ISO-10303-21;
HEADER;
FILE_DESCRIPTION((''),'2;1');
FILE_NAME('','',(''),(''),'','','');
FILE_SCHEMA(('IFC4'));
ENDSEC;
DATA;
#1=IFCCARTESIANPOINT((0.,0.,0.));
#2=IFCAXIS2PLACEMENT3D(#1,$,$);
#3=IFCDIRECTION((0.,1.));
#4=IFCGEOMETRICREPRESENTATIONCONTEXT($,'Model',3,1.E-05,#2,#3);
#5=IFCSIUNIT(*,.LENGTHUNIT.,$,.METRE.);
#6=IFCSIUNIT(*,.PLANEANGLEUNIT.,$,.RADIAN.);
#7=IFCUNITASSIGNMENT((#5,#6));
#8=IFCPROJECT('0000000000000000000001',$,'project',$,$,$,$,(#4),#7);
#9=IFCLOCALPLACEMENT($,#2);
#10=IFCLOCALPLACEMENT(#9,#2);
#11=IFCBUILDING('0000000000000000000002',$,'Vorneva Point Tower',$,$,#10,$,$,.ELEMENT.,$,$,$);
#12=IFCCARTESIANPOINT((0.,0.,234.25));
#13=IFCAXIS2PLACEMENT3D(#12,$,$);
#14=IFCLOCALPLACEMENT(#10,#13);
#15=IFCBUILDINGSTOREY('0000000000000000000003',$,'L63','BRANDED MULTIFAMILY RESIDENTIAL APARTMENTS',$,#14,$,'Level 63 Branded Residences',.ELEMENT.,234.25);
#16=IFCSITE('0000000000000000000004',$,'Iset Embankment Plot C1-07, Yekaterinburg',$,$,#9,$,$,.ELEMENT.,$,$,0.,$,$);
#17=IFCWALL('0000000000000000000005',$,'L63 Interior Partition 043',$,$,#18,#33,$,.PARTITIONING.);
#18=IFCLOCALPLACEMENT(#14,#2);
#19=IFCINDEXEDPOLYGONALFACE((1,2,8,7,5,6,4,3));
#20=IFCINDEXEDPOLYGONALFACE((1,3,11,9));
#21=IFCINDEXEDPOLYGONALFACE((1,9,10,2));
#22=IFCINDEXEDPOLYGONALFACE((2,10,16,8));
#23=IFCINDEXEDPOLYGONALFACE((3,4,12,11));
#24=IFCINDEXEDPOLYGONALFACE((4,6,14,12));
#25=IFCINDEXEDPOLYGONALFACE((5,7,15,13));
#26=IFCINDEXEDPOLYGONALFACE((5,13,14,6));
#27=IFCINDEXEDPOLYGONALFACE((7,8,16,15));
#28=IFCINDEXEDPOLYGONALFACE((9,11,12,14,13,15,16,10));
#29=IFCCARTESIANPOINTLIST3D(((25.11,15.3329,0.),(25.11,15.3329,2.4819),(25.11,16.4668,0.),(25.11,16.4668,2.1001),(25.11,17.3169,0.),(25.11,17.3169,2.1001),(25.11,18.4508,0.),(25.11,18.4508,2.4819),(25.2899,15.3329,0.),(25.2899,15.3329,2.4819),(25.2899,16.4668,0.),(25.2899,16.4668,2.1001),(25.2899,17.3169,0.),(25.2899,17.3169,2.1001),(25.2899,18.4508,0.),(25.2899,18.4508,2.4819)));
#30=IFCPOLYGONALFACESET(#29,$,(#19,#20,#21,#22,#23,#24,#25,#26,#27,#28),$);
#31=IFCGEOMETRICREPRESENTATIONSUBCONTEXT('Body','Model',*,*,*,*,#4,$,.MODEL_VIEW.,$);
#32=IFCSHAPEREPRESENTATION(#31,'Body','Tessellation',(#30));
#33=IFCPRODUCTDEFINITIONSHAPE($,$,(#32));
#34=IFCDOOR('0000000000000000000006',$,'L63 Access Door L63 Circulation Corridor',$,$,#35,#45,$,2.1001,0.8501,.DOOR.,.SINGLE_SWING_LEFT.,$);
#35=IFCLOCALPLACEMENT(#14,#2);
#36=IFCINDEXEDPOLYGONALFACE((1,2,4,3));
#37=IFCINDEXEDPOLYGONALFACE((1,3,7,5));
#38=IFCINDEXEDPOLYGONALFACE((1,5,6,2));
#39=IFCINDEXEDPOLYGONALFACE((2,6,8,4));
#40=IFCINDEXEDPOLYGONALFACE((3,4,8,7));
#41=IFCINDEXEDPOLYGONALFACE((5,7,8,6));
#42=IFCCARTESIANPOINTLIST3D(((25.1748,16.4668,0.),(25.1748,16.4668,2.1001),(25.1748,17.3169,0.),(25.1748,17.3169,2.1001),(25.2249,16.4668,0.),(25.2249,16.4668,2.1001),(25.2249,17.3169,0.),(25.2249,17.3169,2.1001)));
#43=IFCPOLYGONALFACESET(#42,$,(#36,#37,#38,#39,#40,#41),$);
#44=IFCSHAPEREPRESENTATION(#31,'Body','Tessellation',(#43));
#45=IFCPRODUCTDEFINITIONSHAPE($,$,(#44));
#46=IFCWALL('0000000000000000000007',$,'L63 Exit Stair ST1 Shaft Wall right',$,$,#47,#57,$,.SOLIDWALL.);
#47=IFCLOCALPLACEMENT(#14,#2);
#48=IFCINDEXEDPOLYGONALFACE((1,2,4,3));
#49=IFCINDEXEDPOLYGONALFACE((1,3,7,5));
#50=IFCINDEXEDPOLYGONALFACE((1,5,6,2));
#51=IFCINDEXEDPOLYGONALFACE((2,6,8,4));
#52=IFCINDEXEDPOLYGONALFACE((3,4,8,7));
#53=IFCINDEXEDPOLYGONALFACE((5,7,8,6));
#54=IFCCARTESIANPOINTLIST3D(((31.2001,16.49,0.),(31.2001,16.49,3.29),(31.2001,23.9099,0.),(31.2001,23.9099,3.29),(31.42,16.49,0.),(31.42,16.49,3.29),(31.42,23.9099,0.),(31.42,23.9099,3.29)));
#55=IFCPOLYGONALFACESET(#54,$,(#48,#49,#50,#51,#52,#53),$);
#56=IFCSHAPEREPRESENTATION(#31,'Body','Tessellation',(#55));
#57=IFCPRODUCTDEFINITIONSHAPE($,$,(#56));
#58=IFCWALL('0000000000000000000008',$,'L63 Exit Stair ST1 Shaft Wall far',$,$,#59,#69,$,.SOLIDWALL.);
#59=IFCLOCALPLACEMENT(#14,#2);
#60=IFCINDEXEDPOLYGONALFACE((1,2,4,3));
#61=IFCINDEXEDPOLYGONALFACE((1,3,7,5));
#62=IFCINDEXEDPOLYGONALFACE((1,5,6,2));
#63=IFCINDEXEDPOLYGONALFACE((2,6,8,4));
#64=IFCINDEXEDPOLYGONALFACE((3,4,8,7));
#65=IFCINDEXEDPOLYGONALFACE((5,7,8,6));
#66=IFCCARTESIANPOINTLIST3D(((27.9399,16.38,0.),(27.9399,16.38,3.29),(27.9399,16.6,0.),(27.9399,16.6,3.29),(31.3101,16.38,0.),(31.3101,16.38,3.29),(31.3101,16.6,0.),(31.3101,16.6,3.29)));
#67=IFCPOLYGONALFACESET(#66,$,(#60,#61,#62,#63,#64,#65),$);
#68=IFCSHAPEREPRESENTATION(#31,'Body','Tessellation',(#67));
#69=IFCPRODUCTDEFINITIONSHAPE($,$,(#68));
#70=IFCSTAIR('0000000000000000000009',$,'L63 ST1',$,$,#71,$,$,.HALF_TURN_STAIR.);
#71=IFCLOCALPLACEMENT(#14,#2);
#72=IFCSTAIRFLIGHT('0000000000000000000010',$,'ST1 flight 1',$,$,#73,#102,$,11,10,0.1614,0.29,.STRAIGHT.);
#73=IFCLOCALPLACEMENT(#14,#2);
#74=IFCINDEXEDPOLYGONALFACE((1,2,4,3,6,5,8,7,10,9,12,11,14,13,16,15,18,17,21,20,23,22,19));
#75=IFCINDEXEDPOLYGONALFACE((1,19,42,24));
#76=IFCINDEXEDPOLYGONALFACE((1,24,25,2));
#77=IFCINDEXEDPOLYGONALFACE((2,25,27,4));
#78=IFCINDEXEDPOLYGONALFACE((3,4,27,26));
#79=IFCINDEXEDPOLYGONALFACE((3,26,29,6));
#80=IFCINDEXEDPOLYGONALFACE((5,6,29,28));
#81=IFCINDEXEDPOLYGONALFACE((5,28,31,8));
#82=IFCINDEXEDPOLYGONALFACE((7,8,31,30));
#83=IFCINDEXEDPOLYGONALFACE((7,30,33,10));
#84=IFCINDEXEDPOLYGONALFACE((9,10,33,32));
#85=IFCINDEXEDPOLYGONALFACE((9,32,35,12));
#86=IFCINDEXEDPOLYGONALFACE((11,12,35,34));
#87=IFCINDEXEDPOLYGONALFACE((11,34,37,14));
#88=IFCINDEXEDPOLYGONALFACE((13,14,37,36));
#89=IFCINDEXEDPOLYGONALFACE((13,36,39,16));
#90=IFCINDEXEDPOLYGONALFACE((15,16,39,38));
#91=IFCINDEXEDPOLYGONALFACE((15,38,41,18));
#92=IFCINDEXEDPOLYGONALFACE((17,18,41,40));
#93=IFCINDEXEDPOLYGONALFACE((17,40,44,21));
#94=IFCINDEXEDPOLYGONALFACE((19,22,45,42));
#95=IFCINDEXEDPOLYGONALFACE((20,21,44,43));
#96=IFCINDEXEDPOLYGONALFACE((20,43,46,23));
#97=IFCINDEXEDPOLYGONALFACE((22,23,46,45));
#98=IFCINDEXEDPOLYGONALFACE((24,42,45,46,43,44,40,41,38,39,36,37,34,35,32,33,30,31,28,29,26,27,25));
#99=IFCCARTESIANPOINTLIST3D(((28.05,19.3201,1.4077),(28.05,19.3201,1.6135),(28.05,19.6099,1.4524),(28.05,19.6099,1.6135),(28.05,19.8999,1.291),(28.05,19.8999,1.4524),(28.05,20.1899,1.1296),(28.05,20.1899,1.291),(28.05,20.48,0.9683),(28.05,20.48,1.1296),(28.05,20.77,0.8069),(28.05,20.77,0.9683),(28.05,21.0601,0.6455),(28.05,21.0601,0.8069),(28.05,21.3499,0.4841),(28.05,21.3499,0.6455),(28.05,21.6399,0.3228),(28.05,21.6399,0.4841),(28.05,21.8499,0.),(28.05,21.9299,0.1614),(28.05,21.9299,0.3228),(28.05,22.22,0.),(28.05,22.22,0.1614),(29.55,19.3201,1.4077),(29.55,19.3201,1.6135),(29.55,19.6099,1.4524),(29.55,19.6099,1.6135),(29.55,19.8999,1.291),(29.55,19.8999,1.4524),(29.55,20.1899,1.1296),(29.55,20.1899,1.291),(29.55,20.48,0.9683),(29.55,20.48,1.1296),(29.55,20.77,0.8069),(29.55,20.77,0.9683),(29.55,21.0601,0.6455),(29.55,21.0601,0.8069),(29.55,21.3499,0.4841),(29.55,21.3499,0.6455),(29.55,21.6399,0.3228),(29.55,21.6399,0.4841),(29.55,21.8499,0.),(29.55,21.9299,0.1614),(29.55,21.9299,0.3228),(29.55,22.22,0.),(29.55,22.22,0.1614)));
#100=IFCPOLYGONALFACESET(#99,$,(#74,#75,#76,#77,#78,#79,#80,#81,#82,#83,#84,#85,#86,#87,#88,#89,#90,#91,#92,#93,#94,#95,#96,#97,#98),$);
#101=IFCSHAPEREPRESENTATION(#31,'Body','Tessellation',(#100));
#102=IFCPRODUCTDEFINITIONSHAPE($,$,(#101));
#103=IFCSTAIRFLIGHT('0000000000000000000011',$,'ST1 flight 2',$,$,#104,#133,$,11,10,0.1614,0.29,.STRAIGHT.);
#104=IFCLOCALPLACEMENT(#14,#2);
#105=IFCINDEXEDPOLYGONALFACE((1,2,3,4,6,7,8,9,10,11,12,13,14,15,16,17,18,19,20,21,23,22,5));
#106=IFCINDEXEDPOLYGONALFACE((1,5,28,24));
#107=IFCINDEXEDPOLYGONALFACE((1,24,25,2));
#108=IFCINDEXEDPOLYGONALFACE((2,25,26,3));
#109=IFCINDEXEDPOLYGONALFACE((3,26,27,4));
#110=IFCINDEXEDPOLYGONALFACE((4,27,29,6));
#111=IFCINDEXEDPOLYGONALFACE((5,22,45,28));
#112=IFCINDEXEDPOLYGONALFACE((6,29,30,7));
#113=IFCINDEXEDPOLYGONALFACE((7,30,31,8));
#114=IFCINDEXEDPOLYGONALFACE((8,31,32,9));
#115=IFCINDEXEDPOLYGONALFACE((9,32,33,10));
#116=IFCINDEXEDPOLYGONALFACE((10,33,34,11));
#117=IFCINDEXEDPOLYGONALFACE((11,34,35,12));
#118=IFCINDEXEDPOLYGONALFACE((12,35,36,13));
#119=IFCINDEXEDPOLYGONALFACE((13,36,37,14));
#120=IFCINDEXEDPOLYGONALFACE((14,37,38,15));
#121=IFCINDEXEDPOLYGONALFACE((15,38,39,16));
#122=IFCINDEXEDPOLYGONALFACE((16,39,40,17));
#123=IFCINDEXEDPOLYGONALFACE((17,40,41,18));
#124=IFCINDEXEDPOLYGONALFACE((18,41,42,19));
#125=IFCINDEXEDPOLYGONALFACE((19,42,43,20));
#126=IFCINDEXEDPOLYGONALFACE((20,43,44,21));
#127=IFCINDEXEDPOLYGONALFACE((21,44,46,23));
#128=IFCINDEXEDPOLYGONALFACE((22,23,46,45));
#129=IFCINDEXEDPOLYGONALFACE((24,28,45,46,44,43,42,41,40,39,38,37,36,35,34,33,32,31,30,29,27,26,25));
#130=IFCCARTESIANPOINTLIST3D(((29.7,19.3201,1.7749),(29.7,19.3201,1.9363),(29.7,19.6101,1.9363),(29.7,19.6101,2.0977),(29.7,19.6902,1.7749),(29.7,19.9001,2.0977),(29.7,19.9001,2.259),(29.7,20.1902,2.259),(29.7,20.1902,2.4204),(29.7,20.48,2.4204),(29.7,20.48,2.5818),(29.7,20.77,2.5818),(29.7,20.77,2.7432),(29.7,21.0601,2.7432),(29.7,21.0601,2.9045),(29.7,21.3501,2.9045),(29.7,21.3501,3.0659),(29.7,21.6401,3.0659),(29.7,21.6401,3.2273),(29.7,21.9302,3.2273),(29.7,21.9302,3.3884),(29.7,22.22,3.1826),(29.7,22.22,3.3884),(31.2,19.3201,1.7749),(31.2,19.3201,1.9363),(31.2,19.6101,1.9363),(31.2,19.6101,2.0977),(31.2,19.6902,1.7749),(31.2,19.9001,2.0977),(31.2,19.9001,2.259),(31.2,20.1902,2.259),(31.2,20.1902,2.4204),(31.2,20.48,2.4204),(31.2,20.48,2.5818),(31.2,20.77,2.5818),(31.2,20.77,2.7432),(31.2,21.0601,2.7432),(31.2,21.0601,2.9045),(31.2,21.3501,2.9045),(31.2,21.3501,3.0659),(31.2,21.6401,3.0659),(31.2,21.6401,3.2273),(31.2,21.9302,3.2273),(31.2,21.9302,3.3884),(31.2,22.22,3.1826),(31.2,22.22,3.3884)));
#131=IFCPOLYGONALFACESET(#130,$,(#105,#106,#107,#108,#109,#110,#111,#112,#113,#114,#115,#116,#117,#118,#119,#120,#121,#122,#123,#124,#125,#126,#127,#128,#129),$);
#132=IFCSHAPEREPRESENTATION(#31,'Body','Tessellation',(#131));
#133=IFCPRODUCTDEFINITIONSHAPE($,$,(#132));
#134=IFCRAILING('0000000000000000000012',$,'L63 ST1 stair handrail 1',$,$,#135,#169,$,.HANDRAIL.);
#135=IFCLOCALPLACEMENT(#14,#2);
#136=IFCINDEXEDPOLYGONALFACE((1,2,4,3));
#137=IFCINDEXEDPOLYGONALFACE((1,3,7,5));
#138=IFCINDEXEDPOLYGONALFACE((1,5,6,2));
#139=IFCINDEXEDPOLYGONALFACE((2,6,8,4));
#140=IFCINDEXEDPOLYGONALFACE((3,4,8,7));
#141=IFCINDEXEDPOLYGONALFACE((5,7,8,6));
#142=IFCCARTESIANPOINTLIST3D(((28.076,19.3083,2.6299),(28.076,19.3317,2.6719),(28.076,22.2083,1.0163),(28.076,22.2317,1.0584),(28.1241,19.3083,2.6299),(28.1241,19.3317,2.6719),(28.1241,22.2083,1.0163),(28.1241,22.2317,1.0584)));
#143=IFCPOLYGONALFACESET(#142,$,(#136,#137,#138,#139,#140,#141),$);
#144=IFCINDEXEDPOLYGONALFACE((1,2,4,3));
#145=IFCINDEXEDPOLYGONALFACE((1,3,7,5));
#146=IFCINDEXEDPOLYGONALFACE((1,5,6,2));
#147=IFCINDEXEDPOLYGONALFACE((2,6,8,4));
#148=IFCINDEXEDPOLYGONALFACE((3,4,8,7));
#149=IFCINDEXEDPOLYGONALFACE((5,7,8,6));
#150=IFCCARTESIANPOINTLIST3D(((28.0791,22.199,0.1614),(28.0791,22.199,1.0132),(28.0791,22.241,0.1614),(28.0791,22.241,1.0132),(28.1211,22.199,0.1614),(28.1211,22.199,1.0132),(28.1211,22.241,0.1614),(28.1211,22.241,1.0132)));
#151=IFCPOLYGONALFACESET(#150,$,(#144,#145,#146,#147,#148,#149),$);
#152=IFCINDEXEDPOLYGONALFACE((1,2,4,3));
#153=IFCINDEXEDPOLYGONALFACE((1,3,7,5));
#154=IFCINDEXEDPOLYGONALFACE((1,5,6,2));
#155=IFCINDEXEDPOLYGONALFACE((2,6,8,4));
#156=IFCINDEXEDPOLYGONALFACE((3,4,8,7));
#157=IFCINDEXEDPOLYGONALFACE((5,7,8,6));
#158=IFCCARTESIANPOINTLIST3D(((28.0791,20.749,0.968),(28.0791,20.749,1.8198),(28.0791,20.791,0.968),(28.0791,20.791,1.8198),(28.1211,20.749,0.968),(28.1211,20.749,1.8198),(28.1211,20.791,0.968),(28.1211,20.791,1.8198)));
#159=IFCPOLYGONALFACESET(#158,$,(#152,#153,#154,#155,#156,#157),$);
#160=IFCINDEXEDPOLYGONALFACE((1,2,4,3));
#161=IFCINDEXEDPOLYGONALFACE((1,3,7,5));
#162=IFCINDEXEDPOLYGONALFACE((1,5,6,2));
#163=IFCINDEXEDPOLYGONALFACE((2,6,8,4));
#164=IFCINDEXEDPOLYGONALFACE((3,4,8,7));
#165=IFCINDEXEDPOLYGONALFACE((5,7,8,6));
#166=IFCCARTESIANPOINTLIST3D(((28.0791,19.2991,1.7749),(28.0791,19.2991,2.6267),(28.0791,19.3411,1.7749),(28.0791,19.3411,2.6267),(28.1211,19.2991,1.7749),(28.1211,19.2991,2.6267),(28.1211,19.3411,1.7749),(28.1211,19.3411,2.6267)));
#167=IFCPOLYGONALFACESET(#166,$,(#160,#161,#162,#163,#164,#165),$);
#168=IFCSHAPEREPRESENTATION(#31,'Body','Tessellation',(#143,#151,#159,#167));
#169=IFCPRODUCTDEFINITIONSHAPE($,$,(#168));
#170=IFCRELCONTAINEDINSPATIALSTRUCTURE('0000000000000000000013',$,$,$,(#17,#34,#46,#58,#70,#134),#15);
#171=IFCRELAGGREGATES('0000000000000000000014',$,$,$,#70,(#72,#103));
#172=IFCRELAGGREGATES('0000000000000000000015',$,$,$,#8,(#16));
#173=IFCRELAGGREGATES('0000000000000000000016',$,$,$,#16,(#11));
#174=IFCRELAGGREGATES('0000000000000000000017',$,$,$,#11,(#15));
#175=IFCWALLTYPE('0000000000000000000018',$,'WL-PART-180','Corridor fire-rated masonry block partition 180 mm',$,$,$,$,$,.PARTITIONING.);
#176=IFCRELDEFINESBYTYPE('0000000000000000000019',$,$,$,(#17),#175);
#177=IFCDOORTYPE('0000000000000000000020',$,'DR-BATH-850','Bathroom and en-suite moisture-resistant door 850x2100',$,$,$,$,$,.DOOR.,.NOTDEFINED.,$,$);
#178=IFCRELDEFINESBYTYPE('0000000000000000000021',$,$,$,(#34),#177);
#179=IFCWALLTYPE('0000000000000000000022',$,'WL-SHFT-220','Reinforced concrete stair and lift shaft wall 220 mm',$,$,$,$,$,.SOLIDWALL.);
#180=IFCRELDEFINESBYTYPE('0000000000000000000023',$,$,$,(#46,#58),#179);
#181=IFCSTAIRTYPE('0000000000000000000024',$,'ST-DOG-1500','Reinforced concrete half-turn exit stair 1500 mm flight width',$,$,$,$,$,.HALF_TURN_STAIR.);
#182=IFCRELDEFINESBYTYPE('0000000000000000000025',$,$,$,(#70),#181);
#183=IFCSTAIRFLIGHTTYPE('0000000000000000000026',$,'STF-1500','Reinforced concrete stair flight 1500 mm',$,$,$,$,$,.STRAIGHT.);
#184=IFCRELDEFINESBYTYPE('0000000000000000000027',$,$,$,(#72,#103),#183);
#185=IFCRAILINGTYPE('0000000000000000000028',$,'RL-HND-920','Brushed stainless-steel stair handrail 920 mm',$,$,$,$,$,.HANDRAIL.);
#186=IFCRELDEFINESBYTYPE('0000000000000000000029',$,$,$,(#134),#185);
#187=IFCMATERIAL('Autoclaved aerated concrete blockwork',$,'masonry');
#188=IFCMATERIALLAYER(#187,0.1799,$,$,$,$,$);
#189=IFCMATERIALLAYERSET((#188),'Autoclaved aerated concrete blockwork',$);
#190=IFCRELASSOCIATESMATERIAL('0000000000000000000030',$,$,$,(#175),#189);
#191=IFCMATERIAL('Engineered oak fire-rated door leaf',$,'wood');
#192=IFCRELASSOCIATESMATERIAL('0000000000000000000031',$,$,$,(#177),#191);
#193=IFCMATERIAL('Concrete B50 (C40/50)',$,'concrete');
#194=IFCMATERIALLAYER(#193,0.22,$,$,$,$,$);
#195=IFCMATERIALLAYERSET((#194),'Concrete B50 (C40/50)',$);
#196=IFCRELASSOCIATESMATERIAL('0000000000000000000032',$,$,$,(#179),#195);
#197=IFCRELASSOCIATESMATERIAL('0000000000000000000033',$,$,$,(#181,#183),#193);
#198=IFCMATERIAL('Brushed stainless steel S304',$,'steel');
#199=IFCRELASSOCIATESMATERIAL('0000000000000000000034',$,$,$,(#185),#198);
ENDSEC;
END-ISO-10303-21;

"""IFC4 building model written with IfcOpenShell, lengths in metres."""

from ifc_helpers import new_model, si_unit, direction, frame, frame_2d, origin, origin_2d, place, context, subcontext, project, spatial, polyline, rectangle, outline, extrude, material, layer, layer_set, type_object, element, fill, aggregate, save


model = new_model("IFC4")

# Units and contexts
model_context = context("Model", 3, precision=1e-05, world=origin(), true_north=direction((0.0, 1.0)))
body_context = subcontext(model_context, "Body", "Model", "MODEL_VIEW")
ifc_project = project(units=[si_unit("LENGTHUNIT", "METRE"), si_unit("PLANEANGLEUNIT", "RADIAN")], contexts=[model_context])

# Site, building, storey
site_placement = place(None, origin())
site = spatial("IfcSite", under=ifc_project, at=site_placement, Name="Iset Embankment Plot C1-07, Yekaterinburg", CompositionType="ELEMENT", RefElevation=0.0)
building_placement = place(site_placement, origin())
building = spatial("IfcBuilding", under=site, at=building_placement, Name="Vorneva Point Tower", CompositionType="ELEMENT")
storey_placement = place(building_placement, frame((0.0, 0.0, 234.25)))
storey = spatial("IfcBuildingStorey", under=building, at=storey_placement, Name="L63", Description="BRANDED MULTIFAMILY RESIDENTIAL APARTMENTS", LongName="Level 63 Branded Residences", CompositionType="ELEMENT", Elevation=234.25)

# Shared definitions
ifc_material_1 = material(Name="Concrete B50 (C40/50)", Category="concrete")

# Shared definitions
ifc_material_2 = material(Name="Autoclaved aerated concrete blockwork", Category="masonry")
ifc_layer_1 = layer(ifc_material_2, 0.1799)
ifc_layer_set_1 = layer_set([ifc_layer_1], Name="Autoclaved aerated concrete blockwork")
wall_type_1 = type_object("IfcWallType", Name="WL-PART-180", Description="Corridor fire-rated masonry block partition 180 mm", PredefinedType="PARTITIONING", material=ifc_layer_set_1)
ifc_material_3 = material(Name="Engineered oak fire-rated door leaf", Category="wood")
door_type_1 = type_object("IfcDoorType", Name="DR-BATH-850", Description="Bathroom and en-suite moisture-resistant door 850x2100", OperationType="NOTDEFINED", PredefinedType="DOOR", material=ifc_material_3)

# Wall, opening, door
wall_1_placement = place(storey_placement, frame((25.2, 18.4509, 0.0), z_axis=(0.0, 0.0, 1.0), x_axis=(0.0, -1.0, 0.0)))
wall_1 = element("IfcWall", 1, at=wall_1_placement, inside=storey, type_object=wall_type_1, Name="L63 Interior Partition 043", PredefinedType="PARTITIONING", context=body_context, shape_type="SweptSolid", body=[
    extrude(rectangle(XDim=3.1179, YDim=0.1799, at=frame_2d((1.5591, 0.0))), origin(), (0.0, 0.0, 1.0), 2.4819),
])
opening_1_placement = place(wall_1_placement, frame((1.134, 0.0, 0.0)))
opening_1 = element("IfcOpeningElement", 2, at=opening_1_placement, cuts=wall_1, PredefinedType="OPENING", context=body_context, shape_type="SweptSolid", body=[
    extrude(rectangle(XDim=0.8501, YDim=2.1001, at=frame_2d((0.425, 1.05))), frame((0.0, 0.105, 0.0), z_axis=(0.0, -1.0, 0.0), x_axis=(1.0, 0.0, 0.0)), (0.0, 0.0, 1.0), 0.2097),
])
door_1_placement = place(opening_1_placement, origin())
door_1 = element("IfcDoor", 3, at=door_1_placement, inside=storey, type_object=door_type_1, Name="L63 Access Door L63 Circulation Corridor", OperationType="SINGLE_SWING_LEFT", OverallHeight=2.1001, OverallWidth=0.8501, PredefinedType="DOOR", context=body_context, shape_type="SweptSolid", body=[
    extrude(rectangle(XDim=0.8501, YDim=2.1001, at=frame_2d((0.425, 1.05))), frame((0.0, 0.0249, 0.0), z_axis=(0.0, -1.0, 0.0), x_axis=(1.0, 0.0, 0.0)), (0.0, 0.0, 1.0), 0.05),
])
fill(opening_1, door_1)
ifc_layer_2 = layer(ifc_material_1, 0.22)
ifc_layer_set_2 = layer_set([ifc_layer_2], Name="Concrete B50 (C40/50)")
wall_type_2 = type_object("IfcWallType", Name="WL-SHFT-220", Description="Reinforced concrete stair and lift shaft wall 220 mm", PredefinedType="SOLIDWALL", material=ifc_layer_set_2)

# Walls
wall_2_placement = place(storey_placement, frame((31.3101, 23.9099, 0.0), z_axis=(0.0, 0.0, 1.0), x_axis=(0.0, -1.0, 0.0)))
element("IfcWall", 4, at=wall_2_placement, inside=storey, type_object=wall_type_2, Name="L63 Exit Stair ST1 Shaft Wall right", PredefinedType="SOLIDWALL", context=body_context, shape_type="SweptSolid", body=[
    extrude(rectangle(XDim=7.4199, YDim=0.22, at=frame_2d((3.71, 0.0))), origin(), (0.0, 0.0, 1.0), 3.29),
])
wall_3_placement = place(storey_placement, frame((31.3101, 16.49, 0.0), z_axis=(0.0, 0.0, 1.0), x_axis=(-1.0, 0.0, 0.0)))
element("IfcWall", 5, at=wall_3_placement, inside=storey, type_object=wall_type_2, Name="L63 Exit Stair ST1 Shaft Wall far", PredefinedType="SOLIDWALL", context=body_context, shape_type="SweptSolid", body=[
    extrude(rectangle(XDim=3.3701, YDim=0.22, at=frame_2d((1.6851, 0.0))), origin(), (0.0, 0.0, 1.0), 3.29),
])

# Stair, stair flights
stair_type = type_object("IfcStairType", Name="ST-DOG-1500", Description="Reinforced concrete half-turn exit stair 1500 mm flight width", PredefinedType="HALF_TURN_STAIR", material=ifc_material_1)
stair_placement = place(storey_placement, origin())
stair = element("IfcStair", 6, at=stair_placement, inside=storey, type_object=stair_type, Name="L63 ST1", PredefinedType="HALF_TURN_STAIR")
stair_flight_type = type_object("IfcStairFlightType", Name="STF-1500", Description="Reinforced concrete stair flight 1500 mm", PredefinedType="STRAIGHT", material=ifc_material_1)
stair_flight_1_placement = place(storey_placement, frame((28.8, 22.22, 0.0), z_axis=(0.0, 0.0, 1.0), x_axis=(0.0, -1.0, 0.0)))
stair_flight_1 = element("IfcStairFlight", 7, at=stair_flight_1_placement, type_object=stair_flight_type, Name="ST1 flight 1", NumberOfRisers=11, NumberOfTreads=10, PredefinedType="STRAIGHT", RiserHeight=0.1614, TreadLength=0.29, context=body_context, shape_type="SweptSolid", body=[
    extrude(outline(polyline([(0.0, 0.0), (0.0, 0.1614), (0.29, 0.1614), (0.29, 0.3228), (0.5801, 0.3228), (0.5801, 0.4841), (0.8701, 0.4841), (0.8701, 0.6455), (1.1599, 0.6455), (1.1599, 0.8069), (1.45, 0.8069), (1.45, 0.9683), (1.74, 0.9683), (1.74, 1.1296), (2.03, 1.1296), (2.03, 1.291), (2.3201, 1.291), (2.3201, 1.4524), (2.6101, 1.4524), (2.6101, 1.6135), (2.8999, 1.6135), (2.8999, 1.7749), (2.8999, 1.4077), (0.3701, 0.0), (0.0, 0.0)])), frame((0.0, 0.75, 0.0), z_axis=(0.0, -1.0, 0.0), x_axis=(1.0, 0.0, 0.0)), (0.0, 0.0, 1.0), 1.5),
])
stair_flight_2_placement = place(storey_placement, frame((30.45, 19.3201, 1.7749), z_axis=(0.0, 0.0, 1.0), x_axis=(0.0, 1.0, 0.0)))
stair_flight_2 = element("IfcStairFlight", 8, at=stair_flight_2_placement, type_object=stair_flight_type, Name="ST1 flight 2", NumberOfRisers=11, NumberOfTreads=10, PredefinedType="STRAIGHT", RiserHeight=0.1614, TreadLength=0.29, context=body_context, shape_type="SweptSolid", body=[
    extrude(outline(polyline([(0.0, 0.0), (0.0, 0.1614), (0.29, 0.1614), (0.29, 0.3228), (0.5801, 0.3228), (0.5801, 0.4841), (0.8701, 0.4841), (0.8701, 0.6455), (1.1599, 0.6455), (1.1599, 0.8069), (1.45, 0.8069), (1.45, 0.9683), (1.74, 0.9683), (1.74, 1.1296), (2.03, 1.1296), (2.03, 1.291), (2.3201, 1.291), (2.3201, 1.4524), (2.6101, 1.4524), (2.6101, 1.6135), (2.8999, 1.6135), (2.8999, 1.7749), (2.8999, 1.4077), (0.3701, 0.0), (0.0, 0.0)])), frame((0.0, 0.75, 0.0), z_axis=(0.0, -1.0, 0.0), x_axis=(1.0, 0.0, 0.0)), (0.0, 0.0, 1.0), 1.5),
])
aggregate(stair, [stair_flight_1, stair_flight_2])

# Railing
ifc_material_4 = material(Name="Brushed stainless steel S304", Category="steel")
railing_type_1 = type_object("IfcRailingType", Name="RL-HND-920", Description="Brushed stainless-steel stair handrail 920 mm", PredefinedType="HANDRAIL", material=ifc_material_4)
railing_1_placement = place(storey_placement, frame((28.1001, 22.22, 0.1614)))
element("IfcRailing", 9, at=railing_1_placement, inside=storey, type_object=railing_type_1, Name="L63 ST1 stair handrail 1", PredefinedType="HANDRAIL", context=body_context, shape_type="SweptSolid", body=[
    extrude(rectangle(XDim=0.0481, YDim=0.0481, at=origin_2d()), frame((0.0, 0.0, 0.876), z_axis=(0.0, -0.873841, 0.486211), x_axis=(1.0, 0.0, 0.0)), (0.0, 0.0, 1.0), 3.3186),
    extrude(rectangle(XDim=0.042, YDim=0.042, at=origin_2d()), origin(), (0.0, 0.0, 1.0), 0.8518),
    extrude(rectangle(XDim=0.042, YDim=0.042, at=origin_2d()), frame((0.0, -1.45, 0.8066)), (0.0, 0.0, 1.0), 0.8518),
    extrude(rectangle(XDim=0.042, YDim=0.042, at=origin_2d()), frame((0.0, -2.8999, 1.6135)), (0.0, 0.0, 1.0), 0.8518),
])

save(model, "model.ifc")
